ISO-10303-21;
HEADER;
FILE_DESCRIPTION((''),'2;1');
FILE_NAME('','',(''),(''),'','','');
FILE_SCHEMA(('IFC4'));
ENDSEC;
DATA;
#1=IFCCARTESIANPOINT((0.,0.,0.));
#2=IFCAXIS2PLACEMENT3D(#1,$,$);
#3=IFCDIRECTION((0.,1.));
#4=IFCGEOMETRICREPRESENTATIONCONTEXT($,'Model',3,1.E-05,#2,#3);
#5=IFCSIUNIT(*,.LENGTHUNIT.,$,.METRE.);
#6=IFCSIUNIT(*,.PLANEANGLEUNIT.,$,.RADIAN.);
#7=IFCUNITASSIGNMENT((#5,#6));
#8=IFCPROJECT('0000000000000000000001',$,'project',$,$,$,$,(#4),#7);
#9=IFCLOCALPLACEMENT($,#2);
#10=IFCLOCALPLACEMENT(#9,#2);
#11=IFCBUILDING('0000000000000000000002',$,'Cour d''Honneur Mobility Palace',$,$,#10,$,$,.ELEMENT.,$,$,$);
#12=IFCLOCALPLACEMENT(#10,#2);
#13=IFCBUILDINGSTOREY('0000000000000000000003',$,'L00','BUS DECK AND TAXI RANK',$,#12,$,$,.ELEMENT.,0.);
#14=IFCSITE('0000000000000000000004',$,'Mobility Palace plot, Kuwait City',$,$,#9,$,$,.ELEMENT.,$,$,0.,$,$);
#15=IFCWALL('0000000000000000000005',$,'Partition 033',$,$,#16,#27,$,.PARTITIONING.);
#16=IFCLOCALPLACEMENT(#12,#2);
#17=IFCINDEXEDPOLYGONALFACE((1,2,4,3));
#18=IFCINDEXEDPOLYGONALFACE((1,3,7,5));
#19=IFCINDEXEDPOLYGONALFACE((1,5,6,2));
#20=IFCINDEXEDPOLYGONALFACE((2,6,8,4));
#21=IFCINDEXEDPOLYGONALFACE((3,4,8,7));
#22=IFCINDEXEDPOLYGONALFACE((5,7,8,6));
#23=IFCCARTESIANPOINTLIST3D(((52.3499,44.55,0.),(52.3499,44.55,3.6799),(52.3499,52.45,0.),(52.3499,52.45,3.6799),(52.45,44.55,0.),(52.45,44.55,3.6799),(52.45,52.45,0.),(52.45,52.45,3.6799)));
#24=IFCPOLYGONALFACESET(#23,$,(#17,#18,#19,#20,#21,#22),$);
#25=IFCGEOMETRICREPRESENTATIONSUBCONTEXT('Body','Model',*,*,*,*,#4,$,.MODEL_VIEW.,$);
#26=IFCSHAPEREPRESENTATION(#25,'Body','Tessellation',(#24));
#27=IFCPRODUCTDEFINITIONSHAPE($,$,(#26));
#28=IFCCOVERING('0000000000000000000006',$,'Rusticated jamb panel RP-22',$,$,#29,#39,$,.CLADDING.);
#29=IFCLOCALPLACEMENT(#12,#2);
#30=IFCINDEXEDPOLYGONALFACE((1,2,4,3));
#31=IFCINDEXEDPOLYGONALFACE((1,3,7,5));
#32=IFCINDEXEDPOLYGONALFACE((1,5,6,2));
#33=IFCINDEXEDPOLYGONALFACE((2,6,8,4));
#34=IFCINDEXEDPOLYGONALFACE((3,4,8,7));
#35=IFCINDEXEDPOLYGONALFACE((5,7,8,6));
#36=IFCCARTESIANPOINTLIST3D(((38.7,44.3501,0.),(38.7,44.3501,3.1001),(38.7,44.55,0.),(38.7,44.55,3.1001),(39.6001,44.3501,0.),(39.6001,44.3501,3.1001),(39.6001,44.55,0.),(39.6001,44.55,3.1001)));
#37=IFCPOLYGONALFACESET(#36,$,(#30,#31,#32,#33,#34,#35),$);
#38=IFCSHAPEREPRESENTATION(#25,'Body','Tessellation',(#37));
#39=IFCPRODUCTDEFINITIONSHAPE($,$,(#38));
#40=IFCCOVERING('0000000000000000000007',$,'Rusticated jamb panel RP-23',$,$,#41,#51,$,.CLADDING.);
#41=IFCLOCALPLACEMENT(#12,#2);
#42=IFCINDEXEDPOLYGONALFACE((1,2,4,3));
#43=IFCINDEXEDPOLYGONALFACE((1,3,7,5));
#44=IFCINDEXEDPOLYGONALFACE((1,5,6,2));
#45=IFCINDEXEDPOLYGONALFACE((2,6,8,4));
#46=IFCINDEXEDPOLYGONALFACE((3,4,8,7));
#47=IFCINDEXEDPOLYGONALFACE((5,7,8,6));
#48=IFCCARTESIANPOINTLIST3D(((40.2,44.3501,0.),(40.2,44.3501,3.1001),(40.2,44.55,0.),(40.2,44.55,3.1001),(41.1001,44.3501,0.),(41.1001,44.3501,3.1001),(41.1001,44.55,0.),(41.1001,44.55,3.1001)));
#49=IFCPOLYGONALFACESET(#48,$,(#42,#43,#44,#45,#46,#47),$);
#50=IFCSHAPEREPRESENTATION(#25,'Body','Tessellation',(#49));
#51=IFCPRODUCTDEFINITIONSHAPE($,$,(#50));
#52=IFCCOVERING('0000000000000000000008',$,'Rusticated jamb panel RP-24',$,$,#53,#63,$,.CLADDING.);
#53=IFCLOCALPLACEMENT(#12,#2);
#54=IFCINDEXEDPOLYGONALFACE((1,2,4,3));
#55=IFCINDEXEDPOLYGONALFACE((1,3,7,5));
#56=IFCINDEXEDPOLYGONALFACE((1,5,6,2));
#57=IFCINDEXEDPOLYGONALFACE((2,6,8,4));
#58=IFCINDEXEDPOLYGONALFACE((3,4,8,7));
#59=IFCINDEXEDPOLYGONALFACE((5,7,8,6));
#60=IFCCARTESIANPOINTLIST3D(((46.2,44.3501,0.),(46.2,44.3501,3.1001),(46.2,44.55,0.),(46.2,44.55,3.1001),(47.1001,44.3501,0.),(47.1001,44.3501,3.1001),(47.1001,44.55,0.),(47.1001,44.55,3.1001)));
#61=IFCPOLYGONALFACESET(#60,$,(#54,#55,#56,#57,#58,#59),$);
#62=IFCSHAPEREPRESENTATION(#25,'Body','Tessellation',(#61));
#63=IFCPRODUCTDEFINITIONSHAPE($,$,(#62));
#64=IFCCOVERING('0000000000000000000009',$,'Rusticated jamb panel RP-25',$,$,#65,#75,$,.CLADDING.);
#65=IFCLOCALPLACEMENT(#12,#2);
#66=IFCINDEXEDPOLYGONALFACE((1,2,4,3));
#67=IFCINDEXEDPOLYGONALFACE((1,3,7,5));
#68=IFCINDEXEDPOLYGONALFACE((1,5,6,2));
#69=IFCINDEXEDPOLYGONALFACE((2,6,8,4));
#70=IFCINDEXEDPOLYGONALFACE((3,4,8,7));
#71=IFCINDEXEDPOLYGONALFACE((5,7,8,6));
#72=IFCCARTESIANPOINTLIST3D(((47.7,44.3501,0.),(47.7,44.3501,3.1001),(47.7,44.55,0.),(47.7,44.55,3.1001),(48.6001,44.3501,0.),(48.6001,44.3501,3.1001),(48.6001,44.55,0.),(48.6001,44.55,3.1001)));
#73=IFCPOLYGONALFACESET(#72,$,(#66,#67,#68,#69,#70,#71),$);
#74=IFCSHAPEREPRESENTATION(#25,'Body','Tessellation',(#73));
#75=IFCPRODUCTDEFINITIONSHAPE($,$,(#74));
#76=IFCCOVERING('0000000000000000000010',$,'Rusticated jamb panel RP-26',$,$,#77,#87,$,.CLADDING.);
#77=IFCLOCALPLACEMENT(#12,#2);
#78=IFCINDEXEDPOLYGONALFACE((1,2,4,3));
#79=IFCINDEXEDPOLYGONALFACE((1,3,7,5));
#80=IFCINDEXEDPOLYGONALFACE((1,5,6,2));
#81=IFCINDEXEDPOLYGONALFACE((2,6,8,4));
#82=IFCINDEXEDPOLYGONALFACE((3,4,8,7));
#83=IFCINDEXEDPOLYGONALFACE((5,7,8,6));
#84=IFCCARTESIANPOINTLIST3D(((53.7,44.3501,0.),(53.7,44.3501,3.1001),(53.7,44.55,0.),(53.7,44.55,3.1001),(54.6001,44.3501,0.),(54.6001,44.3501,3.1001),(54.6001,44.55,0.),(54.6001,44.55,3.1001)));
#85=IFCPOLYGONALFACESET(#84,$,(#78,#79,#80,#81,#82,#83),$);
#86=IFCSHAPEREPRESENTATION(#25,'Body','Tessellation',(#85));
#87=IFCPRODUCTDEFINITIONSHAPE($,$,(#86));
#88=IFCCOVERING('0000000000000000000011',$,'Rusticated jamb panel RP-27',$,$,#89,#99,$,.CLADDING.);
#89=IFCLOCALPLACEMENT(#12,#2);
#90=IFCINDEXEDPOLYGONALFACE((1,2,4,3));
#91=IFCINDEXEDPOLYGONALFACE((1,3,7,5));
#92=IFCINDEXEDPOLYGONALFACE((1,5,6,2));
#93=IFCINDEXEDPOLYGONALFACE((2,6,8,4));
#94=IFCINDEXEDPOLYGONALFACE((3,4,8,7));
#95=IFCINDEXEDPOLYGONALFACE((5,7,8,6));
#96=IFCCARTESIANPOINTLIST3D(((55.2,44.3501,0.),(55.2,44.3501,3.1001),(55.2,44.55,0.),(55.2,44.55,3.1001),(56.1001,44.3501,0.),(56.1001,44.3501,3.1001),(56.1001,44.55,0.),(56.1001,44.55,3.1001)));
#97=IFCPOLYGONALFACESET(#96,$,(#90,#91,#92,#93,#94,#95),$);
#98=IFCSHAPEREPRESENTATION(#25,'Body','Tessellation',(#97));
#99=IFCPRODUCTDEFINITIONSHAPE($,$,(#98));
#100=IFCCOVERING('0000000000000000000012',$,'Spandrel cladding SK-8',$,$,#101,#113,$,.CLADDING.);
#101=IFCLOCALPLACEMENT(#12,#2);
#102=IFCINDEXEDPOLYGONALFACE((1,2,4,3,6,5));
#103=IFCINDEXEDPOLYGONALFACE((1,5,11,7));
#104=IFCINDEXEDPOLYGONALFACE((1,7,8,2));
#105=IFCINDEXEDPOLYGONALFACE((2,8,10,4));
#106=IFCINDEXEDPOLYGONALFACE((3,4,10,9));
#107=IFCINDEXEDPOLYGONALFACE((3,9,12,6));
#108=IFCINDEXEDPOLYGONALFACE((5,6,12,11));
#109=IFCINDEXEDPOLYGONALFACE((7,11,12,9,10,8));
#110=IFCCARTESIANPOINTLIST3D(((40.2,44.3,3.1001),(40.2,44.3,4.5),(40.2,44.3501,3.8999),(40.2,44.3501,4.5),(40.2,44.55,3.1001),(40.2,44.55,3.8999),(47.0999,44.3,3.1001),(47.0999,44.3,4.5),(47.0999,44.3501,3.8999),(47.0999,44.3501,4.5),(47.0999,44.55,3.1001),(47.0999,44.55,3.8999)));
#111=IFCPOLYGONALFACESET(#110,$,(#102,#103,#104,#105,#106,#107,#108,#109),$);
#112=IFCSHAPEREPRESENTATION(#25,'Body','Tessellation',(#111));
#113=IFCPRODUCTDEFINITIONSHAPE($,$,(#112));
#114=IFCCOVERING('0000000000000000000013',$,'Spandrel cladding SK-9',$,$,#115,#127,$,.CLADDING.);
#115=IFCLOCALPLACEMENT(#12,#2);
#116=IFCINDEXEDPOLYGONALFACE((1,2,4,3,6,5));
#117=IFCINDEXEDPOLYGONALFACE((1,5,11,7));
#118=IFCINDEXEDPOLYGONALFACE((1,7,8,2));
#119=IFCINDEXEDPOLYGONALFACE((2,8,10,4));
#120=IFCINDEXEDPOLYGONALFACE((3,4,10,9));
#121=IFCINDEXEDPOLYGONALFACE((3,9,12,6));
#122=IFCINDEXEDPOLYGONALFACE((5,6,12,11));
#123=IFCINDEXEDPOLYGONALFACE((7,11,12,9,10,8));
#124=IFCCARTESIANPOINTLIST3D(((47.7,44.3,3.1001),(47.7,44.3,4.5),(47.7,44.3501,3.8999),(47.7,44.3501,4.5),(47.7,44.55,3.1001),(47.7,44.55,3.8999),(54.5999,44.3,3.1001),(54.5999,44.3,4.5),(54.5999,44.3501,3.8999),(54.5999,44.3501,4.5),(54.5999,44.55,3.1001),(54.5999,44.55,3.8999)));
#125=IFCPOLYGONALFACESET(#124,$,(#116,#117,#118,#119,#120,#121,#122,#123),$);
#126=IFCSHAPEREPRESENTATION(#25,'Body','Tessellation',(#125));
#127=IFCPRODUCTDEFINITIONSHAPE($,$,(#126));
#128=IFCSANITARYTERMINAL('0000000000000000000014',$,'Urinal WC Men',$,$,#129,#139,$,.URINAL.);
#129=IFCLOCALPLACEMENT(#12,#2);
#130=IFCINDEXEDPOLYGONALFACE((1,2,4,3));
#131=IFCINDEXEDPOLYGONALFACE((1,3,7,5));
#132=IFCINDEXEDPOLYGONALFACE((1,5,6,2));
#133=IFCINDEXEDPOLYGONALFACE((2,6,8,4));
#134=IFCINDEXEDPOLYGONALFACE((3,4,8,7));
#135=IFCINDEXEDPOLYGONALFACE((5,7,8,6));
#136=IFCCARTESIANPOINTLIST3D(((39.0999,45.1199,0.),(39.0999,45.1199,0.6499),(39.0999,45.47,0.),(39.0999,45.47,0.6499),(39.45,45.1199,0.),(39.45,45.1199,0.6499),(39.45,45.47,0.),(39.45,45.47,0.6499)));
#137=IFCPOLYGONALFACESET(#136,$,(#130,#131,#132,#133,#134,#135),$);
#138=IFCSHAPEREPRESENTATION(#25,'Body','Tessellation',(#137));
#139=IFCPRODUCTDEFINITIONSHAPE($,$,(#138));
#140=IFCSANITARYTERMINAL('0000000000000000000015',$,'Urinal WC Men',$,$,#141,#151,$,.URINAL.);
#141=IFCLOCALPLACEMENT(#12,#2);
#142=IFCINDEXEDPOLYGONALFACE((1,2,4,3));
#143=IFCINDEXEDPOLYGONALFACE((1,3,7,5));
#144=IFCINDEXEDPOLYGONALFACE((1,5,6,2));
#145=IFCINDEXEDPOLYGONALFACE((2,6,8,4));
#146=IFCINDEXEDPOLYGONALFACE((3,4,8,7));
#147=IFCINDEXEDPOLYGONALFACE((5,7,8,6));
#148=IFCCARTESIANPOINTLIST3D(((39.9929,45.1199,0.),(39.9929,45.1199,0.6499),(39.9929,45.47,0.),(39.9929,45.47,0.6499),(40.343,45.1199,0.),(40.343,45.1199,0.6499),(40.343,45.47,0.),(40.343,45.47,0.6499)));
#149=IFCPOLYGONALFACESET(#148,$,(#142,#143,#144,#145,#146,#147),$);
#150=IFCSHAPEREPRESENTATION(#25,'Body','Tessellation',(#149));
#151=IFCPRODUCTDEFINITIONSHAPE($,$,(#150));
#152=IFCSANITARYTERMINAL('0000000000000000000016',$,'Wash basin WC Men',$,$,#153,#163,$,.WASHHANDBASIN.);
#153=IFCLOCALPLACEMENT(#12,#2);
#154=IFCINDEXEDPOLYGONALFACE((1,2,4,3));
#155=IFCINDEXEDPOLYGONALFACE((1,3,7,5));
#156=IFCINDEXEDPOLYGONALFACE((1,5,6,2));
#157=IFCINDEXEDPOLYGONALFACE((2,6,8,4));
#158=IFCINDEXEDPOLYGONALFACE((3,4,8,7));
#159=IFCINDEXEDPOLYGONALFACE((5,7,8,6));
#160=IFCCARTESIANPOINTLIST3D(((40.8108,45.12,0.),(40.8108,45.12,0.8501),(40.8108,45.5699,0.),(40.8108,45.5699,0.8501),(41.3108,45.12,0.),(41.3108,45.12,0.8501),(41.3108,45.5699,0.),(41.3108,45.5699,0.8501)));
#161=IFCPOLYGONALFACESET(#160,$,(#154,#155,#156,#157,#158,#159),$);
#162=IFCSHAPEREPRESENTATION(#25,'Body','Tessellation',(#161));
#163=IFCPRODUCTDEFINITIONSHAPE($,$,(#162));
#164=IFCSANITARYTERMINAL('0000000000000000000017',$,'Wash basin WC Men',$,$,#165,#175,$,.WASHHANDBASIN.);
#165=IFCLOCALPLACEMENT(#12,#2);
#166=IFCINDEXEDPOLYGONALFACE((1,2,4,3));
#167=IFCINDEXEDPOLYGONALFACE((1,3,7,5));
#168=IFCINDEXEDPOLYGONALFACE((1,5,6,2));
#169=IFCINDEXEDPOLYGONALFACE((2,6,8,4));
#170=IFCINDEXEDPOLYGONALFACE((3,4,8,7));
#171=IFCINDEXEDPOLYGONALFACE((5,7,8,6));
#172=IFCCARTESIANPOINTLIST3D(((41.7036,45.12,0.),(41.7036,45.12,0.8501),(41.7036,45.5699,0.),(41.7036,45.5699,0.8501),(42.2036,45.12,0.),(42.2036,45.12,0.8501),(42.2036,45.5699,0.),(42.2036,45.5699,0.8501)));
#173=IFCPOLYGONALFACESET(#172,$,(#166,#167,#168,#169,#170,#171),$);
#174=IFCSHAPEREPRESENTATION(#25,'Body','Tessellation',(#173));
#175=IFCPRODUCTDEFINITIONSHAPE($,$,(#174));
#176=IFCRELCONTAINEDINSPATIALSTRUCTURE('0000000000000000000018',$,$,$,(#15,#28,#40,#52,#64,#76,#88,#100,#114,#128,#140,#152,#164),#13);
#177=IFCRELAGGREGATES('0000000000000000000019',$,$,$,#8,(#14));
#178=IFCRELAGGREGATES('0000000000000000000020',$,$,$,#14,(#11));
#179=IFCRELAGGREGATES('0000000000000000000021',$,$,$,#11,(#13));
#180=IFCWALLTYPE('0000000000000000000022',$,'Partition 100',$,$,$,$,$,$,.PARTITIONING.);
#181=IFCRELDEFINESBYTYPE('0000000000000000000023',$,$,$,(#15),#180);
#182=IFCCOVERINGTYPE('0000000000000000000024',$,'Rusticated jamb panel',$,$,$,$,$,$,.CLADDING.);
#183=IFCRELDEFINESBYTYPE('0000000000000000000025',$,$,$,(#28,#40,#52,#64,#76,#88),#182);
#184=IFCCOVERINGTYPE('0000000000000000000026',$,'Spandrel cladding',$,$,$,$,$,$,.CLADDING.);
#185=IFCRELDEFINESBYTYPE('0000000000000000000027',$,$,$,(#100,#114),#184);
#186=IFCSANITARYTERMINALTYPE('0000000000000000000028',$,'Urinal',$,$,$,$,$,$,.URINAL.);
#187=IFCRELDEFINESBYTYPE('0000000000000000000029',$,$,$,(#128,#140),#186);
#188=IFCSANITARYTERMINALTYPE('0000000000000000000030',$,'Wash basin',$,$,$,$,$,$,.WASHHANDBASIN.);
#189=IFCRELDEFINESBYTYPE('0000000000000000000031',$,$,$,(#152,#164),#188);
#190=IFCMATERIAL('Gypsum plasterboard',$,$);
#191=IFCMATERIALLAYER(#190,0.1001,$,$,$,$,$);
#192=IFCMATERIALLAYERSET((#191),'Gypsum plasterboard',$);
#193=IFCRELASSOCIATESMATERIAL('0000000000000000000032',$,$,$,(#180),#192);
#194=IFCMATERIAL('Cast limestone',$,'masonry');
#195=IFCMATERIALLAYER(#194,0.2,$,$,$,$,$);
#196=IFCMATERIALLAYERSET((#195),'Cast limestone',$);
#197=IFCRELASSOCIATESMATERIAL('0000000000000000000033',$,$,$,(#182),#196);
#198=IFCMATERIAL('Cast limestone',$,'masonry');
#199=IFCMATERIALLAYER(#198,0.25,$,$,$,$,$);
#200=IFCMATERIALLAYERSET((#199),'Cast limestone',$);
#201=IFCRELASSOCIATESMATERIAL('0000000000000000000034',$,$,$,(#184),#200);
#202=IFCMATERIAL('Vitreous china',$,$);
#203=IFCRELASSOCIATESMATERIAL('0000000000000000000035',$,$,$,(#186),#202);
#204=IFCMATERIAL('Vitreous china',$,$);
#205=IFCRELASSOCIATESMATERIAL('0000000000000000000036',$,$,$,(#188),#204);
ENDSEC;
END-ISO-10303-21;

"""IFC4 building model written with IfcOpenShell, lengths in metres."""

from ifc_helpers import new_model, si_unit, direction, frame, frame_2d, origin, origin_2d, place, context, subcontext, project, spatial, polyline, rectangle, outline, extrude, material, layer, layer_set, type_object, element, save


model = new_model("IFC4")

# Units and contexts
model_context = context("Model", 3, precision=1e-05, world=origin(), true_north=direction((0.0, 1.0)))
body_context = subcontext(model_context, "Body", "Model", "MODEL_VIEW")
ifc_project = project(units=[si_unit("LENGTHUNIT", "METRE"), si_unit("PLANEANGLEUNIT", "RADIAN")], contexts=[model_context])

# Site, building, storey
site_placement = place(None, origin())
site = spatial("IfcSite", under=ifc_project, at=site_placement, Name="Mobility Palace plot, Kuwait City", CompositionType="ELEMENT", RefElevation=0.0)
building_placement = place(site_placement, origin())
building = spatial("IfcBuilding", under=site, at=building_placement, Name="Cour d'Honneur Mobility Palace", CompositionType="ELEMENT")
storey_placement = place(building_placement, origin())
storey = spatial("IfcBuildingStorey", under=building, at=storey_placement, Name="L00", Description="BUS DECK AND TAXI RANK", CompositionType="ELEMENT", Elevation=0.0)

# Wall
ifc_material_1 = material(Name="Gypsum plasterboard")
ifc_layer_1 = layer(ifc_material_1, 0.1001)
ifc_layer_set_1 = layer_set([ifc_layer_1], Name="Gypsum plasterboard")
wall_type_1 = type_object("IfcWallType", Name="Partition 100", PredefinedType="PARTITIONING", material=ifc_layer_set_1)
for number, where, z_axis, x_axis, name in (
    (1, (52.3999, 44.55, 0.0), (0.0, 0.0, 1.0), (0.0, 1.0, 0.0), "Partition 033"),
):
    element("IfcWall", number, at=place(storey_placement, frame(where, z_axis=z_axis, x_axis=x_axis)), inside=storey, type_object=wall_type_1, Name=name, PredefinedType="PARTITIONING", context=body_context, shape_type="SweptSolid", body=[
        extrude(rectangle(XDim=7.8999, YDim=0.1001, at=frame_2d((3.95, 0.0))), origin(), (0.0, 0.0, 1.0), 3.6799),
    ])

# Coverings
ifc_material_2 = material(Name="Cast limestone", Category="masonry")
ifc_layer_2 = layer(ifc_material_2, 0.2)
ifc_layer_set_2 = layer_set([ifc_layer_2], Name="Cast limestone")
covering_type_1 = type_object("IfcCoveringType", Name="Rusticated jamb panel", PredefinedType="CLADDING", material=ifc_layer_set_2)
for number, where, z_axis, x_axis, name in (
    (2, (38.7, 44.3501, 0.0), (0.0, -1.0, 0.0), (1.0, 0.0, 0.0), "Rusticated jamb panel RP-22"),
    (3, (40.2, 44.3501, 0.0), (0.0, -1.0, 0.0), (1.0, 0.0, 0.0), "Rusticated jamb panel RP-23"),
    (4, (46.2, 44.3501, 0.0), (0.0, -1.0, 0.0), (1.0, 0.0, 0.0), "Rusticated jamb panel RP-24"),
    (5, (47.7, 44.3501, 0.0), (0.0, -1.0, 0.0), (1.0, 0.0, 0.0), "Rusticated jamb panel RP-25"),
    (6, (53.7, 44.3501, 0.0), (0.0, -1.0, 0.0), (1.0, 0.0, 0.0), "Rusticated jamb panel RP-26"),
    (7, (55.2, 44.3501, 0.0), (0.0, -1.0, 0.0), (1.0, 0.0, 0.0), "Rusticated jamb panel RP-27"),
):
    element("IfcCovering", number, at=place(storey_placement, frame(where, z_axis=z_axis, x_axis=x_axis)), inside=storey, type_object=covering_type_1, Name=name, PredefinedType="CLADDING", context=body_context, shape_type="SweptSolid", body=[
        extrude(outline(polyline([(0.0, 0.0), (0.9001, 0.0), (0.9001, 3.1001), (0.0, 3.1001), (0.0, 0.0)])), origin(), (0.0, 0.0, -1.0), 0.2),
    ])
ifc_material_3 = material(Name="Cast limestone", Category="masonry")
ifc_layer_3 = layer(ifc_material_3, 0.25)
ifc_layer_set_3 = layer_set([ifc_layer_3], Name="Cast limestone")
covering_type_2 = type_object("IfcCoveringType", Name="Spandrel cladding", PredefinedType="CLADDING", material=ifc_layer_set_3)
for number, where, z_axis, x_axis, name in (
    (8, (40.2, 44.55, 3.1001), (-1.0, 0.0, 0.0), (0.0, -1.0, 0.0), "Spandrel cladding SK-8"),
    (9, (47.7, 44.55, 3.1001), (-1.0, 0.0, 0.0), (0.0, -1.0, 0.0), "Spandrel cladding SK-9"),
):
    element("IfcCovering", number, at=place(storey_placement, frame(where, z_axis=z_axis, x_axis=x_axis)), inside=storey, type_object=covering_type_2, Name=name, PredefinedType="CLADDING", context=body_context, shape_type="SweptSolid", body=[
        extrude(outline(polyline([(0.0, 0.0), (0.25, 0.0), (0.25, 1.3999), (0.2, 1.3999), (0.2, 0.7998), (0.0, 0.7998), (0.0, 0.0)])), origin(), (0.0, 0.0, -1.0), 6.8999),
    ])

# Sanitary terminals
ifc_material_4 = material(Name="Vitreous china")
sanitary_terminal_type_1 = type_object("IfcSanitaryTerminalType", Name="Urinal", PredefinedType="URINAL", material=ifc_material_4)
for number, where, z_axis, x_axis, name in (
    (10, (39.2749, 45.2949, 0.0), (0.0, 0.0, 1.0), (1.0, 0.0, 0.0), "Urinal WC Men"),
    (11, (40.168, 45.2949, 0.0), (0.0, 0.0, 1.0), (1.0, 0.0, 0.0), "Urinal WC Men"),
):
    element("IfcSanitaryTerminal", number, at=place(storey_placement, frame(where, z_axis=z_axis, x_axis=x_axis)), inside=storey, type_object=sanitary_terminal_type_1, Name=name, PredefinedType="URINAL", context=body_context, shape_type="SweptSolid", body=[
        extrude(rectangle(XDim=0.3501, YDim=0.3501, at=origin_2d()), origin(), (0.0, 0.0, 1.0), 0.6499),
    ])
ifc_material_5 = material(Name="Vitreous china")
sanitary_terminal_type_2 = type_object("IfcSanitaryTerminalType", Name="Wash basin", PredefinedType="WASHHANDBASIN", material=ifc_material_5)
for number, where, z_axis, x_axis, name in (
    (12, (41.0608, 45.345, 0.0), (0.0, 0.0, 1.0), (1.0, 0.0, 0.0), "Wash basin WC Men"),
    (13, (41.9536, 45.345, 0.0), (0.0, 0.0, 1.0), (1.0, 0.0, 0.0), "Wash basin WC Men"),
):
    element("IfcSanitaryTerminal", number, at=place(storey_placement, frame(where, z_axis=z_axis, x_axis=x_axis)), inside=storey, type_object=sanitary_terminal_type_2, Name=name, PredefinedType="WASHHANDBASIN", context=body_context, shape_type="SweptSolid", body=[
        extrude(rectangle(XDim=0.5, YDim=0.45, at=origin_2d()), origin(), (0.0, 0.0, 1.0), 0.8501),
    ])

save(model, "model.ifc")
